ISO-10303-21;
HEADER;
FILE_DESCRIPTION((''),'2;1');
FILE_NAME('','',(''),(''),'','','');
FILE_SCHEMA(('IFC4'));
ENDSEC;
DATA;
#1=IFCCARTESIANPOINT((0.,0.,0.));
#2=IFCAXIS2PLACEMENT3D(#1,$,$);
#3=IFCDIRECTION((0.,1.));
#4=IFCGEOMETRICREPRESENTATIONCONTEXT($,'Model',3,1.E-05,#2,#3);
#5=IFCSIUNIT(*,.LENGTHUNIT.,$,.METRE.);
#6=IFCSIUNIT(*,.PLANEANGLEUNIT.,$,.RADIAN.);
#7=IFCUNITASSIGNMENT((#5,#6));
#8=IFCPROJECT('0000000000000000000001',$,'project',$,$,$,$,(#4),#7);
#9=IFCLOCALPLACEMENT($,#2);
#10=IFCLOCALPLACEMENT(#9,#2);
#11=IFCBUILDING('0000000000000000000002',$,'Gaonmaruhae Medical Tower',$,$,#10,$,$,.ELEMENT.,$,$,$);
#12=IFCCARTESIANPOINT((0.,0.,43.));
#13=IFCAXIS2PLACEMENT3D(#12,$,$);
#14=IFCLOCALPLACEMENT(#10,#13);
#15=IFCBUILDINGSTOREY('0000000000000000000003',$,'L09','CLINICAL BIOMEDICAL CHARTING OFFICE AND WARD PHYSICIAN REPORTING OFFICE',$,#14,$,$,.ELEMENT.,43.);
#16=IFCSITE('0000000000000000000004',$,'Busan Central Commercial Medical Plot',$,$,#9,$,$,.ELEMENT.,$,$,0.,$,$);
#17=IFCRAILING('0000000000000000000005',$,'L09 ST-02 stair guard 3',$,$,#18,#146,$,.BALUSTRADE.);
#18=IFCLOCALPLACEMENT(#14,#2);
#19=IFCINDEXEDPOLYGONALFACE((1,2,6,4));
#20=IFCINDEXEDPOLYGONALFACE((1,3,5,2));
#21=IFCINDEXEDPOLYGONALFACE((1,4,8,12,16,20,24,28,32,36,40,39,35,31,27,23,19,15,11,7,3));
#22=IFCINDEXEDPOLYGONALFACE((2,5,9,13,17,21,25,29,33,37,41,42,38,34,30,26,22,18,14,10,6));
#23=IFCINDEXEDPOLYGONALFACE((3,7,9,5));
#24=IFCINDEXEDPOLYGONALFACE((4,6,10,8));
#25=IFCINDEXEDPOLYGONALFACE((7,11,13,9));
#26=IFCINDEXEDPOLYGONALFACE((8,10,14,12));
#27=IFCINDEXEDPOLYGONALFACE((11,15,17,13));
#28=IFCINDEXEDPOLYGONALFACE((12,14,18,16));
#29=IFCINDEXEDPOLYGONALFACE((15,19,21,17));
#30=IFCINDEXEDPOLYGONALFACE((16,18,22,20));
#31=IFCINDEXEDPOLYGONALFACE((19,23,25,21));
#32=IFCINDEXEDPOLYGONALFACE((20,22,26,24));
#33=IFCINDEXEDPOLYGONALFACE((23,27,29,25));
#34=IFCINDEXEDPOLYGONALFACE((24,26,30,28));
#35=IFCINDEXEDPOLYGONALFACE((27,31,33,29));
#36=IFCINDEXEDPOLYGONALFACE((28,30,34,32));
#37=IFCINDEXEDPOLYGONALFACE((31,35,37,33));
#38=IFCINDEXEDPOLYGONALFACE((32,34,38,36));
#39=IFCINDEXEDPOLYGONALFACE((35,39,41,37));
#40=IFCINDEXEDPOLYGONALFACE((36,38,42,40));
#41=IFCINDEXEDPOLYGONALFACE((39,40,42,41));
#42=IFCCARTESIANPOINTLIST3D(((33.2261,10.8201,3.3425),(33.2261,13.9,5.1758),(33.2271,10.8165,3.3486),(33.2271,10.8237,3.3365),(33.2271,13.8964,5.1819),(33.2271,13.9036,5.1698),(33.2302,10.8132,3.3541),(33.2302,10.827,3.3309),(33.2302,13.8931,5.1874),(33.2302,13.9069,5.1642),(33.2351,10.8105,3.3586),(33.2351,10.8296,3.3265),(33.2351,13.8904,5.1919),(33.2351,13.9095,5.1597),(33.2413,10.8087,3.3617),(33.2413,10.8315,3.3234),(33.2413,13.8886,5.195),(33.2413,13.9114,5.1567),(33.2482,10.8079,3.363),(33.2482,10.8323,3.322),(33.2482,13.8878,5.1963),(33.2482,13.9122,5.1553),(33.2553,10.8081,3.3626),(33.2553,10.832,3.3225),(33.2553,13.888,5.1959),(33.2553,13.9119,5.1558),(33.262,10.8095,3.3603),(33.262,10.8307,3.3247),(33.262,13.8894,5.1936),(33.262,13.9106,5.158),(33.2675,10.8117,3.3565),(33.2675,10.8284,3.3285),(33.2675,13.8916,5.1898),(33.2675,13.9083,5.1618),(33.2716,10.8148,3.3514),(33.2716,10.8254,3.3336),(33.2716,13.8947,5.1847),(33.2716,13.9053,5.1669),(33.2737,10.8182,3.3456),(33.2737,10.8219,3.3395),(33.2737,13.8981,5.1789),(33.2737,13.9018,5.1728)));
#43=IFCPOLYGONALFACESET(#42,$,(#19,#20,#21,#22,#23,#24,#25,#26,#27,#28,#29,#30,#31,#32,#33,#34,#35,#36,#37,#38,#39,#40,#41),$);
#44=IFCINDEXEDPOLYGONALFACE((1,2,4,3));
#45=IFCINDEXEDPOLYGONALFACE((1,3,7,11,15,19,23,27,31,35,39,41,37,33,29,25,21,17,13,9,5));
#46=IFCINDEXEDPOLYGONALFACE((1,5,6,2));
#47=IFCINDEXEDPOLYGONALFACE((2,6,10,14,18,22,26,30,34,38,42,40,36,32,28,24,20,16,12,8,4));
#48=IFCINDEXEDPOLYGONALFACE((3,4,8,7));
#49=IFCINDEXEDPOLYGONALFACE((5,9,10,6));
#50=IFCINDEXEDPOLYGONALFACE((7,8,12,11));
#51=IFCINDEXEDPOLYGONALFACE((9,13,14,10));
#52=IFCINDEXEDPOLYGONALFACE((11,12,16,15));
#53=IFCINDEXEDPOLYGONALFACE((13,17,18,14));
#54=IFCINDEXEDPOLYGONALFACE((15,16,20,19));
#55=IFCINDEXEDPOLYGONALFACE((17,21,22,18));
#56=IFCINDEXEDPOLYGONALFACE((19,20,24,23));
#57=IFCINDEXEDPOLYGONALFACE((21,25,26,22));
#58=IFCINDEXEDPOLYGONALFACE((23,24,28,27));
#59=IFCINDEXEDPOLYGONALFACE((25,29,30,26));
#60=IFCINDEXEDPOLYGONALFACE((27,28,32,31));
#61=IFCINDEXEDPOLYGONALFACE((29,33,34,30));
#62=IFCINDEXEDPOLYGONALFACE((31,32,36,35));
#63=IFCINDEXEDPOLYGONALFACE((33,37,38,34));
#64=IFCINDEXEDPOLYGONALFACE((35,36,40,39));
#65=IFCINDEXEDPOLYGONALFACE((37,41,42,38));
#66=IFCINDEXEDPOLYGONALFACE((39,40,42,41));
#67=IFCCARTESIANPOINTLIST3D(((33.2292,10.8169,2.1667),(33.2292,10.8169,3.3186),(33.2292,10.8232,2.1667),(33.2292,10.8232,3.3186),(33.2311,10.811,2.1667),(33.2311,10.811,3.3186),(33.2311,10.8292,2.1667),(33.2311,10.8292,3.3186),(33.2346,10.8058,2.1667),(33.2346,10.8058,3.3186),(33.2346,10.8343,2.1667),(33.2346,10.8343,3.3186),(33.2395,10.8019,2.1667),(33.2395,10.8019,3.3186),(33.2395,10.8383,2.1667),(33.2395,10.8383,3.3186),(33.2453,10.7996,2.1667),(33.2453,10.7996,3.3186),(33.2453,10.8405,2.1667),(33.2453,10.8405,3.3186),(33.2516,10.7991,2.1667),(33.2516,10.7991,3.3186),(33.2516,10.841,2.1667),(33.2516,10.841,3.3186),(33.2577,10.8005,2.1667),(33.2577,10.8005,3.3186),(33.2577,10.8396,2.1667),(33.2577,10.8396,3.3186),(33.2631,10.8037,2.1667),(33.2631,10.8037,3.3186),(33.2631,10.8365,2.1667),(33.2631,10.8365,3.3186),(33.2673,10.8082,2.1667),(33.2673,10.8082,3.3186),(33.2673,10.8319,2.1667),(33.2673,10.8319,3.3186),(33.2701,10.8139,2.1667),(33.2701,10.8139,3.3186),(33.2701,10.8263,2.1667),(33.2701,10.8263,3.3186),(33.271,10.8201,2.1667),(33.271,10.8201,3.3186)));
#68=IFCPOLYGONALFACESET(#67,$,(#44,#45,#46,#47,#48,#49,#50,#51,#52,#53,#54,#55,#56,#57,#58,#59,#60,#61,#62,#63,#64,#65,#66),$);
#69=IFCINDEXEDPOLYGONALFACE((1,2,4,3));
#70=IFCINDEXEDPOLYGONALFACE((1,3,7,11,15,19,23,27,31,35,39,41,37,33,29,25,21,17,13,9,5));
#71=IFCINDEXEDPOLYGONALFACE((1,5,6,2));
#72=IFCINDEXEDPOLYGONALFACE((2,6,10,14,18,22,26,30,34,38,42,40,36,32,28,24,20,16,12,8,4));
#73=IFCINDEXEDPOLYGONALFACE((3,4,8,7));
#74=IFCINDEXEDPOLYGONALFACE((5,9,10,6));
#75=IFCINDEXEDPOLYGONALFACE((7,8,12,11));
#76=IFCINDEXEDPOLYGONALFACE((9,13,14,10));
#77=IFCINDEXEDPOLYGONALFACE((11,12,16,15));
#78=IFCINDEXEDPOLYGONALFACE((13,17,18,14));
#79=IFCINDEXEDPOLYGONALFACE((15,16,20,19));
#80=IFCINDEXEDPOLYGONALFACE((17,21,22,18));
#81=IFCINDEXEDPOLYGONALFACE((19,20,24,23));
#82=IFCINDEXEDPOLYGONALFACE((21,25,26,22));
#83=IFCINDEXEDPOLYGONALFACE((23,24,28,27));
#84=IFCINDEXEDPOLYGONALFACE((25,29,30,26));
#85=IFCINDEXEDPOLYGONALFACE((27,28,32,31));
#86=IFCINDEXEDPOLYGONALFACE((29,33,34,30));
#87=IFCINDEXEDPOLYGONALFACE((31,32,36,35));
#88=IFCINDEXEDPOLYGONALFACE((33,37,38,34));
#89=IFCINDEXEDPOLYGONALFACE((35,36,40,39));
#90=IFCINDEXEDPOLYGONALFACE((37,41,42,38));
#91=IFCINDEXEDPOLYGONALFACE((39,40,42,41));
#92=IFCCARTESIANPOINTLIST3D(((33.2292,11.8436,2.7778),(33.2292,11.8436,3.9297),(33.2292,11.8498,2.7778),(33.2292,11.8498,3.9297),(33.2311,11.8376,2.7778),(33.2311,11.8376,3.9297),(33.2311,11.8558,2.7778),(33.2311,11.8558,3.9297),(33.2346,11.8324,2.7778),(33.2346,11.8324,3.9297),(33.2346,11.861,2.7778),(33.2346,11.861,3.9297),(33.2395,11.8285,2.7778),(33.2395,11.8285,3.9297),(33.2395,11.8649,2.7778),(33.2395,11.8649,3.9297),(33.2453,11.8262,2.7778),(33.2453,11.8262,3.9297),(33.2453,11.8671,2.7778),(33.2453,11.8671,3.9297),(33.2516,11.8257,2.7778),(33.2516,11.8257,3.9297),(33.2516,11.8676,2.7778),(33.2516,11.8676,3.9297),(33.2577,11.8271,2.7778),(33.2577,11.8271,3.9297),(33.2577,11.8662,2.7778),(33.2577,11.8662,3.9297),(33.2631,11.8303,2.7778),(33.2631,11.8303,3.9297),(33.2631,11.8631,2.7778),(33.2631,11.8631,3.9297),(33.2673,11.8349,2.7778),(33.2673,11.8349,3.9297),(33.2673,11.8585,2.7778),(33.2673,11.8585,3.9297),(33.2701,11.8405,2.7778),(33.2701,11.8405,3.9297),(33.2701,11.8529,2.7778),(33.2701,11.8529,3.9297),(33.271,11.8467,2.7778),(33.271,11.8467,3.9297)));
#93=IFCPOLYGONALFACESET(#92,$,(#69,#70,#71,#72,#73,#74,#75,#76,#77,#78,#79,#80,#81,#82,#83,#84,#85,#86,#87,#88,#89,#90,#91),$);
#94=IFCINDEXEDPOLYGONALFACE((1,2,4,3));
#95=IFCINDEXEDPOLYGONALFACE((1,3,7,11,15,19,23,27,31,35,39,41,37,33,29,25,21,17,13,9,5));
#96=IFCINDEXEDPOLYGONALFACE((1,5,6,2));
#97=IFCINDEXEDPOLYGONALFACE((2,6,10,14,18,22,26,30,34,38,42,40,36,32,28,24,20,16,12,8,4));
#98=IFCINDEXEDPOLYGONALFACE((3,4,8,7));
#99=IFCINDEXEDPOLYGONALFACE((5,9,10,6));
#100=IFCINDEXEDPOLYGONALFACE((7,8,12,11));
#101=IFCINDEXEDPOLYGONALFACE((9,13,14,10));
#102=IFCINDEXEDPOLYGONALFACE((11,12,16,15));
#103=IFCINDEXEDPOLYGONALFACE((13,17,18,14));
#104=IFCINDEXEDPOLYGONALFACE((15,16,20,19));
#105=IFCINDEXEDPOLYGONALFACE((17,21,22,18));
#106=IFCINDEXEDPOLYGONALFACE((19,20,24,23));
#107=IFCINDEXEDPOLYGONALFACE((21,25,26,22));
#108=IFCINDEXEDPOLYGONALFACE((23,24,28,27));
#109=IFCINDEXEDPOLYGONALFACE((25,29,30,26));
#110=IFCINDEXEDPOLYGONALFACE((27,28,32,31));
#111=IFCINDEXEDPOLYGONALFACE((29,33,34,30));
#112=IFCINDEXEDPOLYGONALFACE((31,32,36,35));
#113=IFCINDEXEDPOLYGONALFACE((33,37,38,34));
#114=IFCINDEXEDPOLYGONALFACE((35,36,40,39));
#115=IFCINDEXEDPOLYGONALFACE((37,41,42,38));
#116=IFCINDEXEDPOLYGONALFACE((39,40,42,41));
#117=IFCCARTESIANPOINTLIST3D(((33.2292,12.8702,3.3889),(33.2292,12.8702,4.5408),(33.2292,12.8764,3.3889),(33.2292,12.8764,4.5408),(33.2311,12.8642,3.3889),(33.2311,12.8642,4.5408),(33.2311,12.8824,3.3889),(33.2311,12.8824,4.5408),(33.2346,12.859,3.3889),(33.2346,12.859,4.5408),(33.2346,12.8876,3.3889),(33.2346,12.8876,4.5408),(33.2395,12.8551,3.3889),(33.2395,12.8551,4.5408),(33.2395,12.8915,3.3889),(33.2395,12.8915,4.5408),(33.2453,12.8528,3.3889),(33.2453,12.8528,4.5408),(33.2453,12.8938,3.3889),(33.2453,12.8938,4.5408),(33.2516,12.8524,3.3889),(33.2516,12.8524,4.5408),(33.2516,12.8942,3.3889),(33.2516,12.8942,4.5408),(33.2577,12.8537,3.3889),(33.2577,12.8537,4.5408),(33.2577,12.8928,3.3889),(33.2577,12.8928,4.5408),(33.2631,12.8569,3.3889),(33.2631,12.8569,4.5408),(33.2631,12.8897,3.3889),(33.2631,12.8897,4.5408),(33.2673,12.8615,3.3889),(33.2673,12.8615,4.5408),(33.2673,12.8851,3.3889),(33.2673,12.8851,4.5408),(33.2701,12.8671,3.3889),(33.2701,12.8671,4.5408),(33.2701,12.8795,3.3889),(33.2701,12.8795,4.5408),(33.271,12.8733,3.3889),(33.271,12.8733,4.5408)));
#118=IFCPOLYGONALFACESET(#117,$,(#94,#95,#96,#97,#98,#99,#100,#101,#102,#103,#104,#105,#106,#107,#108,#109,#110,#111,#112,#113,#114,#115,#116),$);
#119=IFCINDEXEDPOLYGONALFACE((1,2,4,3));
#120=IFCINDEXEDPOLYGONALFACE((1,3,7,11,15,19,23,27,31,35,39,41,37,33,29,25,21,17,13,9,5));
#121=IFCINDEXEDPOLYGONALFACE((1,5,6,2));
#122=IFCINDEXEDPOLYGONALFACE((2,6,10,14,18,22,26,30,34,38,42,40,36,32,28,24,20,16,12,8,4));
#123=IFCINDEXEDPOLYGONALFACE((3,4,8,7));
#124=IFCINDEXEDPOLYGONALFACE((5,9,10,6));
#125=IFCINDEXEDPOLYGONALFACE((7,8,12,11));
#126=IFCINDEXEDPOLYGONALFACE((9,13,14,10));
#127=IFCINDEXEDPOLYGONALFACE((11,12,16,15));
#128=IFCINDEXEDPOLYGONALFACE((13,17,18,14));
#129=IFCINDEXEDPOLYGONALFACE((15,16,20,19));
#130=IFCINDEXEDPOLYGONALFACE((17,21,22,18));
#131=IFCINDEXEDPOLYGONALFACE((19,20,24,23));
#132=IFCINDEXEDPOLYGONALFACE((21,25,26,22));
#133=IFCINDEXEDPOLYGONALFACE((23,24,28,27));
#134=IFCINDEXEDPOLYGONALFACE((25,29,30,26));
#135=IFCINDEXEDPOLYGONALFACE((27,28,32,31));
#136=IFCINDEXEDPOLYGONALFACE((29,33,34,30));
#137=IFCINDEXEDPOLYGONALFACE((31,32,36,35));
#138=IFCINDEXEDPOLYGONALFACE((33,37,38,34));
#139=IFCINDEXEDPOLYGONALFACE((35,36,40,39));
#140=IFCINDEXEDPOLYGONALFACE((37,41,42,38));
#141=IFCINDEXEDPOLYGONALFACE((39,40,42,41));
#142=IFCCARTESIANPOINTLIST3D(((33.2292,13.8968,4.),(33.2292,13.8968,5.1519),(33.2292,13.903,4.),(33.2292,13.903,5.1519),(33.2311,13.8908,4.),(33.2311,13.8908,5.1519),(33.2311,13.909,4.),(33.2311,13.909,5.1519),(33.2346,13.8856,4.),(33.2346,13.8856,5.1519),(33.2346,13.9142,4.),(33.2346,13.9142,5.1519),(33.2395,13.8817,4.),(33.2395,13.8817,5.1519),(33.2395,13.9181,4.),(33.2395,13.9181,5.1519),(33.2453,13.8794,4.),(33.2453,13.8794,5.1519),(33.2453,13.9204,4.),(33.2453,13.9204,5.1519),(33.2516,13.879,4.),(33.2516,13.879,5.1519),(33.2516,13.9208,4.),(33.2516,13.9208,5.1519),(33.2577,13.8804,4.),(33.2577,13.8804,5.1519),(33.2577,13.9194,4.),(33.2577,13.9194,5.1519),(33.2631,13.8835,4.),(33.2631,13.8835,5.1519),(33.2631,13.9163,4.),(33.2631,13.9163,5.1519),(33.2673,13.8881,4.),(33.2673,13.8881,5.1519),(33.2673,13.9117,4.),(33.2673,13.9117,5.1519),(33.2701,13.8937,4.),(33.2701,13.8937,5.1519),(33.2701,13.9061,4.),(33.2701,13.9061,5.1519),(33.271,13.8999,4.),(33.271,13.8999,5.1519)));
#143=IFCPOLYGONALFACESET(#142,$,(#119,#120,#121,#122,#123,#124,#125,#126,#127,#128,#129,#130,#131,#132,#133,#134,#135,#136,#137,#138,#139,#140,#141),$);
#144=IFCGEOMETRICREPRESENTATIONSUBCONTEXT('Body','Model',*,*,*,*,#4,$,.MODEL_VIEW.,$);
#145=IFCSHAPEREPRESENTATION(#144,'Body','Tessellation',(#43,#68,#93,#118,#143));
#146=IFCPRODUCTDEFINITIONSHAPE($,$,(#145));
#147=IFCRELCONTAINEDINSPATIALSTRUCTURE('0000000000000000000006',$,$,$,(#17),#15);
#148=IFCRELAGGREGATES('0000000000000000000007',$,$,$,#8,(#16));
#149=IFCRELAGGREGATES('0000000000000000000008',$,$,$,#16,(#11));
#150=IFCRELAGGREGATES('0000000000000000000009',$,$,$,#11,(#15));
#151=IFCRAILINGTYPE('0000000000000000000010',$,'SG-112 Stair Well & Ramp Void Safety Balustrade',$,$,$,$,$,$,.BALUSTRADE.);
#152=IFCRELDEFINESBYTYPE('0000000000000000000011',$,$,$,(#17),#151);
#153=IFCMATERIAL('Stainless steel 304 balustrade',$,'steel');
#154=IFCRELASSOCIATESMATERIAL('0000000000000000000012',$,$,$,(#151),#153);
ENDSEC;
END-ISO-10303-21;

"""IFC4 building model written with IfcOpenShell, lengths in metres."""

from ifc_helpers import new_model, si_unit, direction, frame, origin, origin_2d, place, context, subcontext, project, spatial, circle, extrude, material, type_object, element, save


model = new_model("IFC4")

# Units and contexts
model_context = context("Model", 3, precision=1e-05, world=origin(), true_north=direction((0.0, 1.0)))
body_context = subcontext(model_context, "Body", "Model", "MODEL_VIEW")
ifc_project = project(units=[si_unit("LENGTHUNIT", "METRE"), si_unit("PLANEANGLEUNIT", "RADIAN")], contexts=[model_context])

# Site, building, storey
site_placement = place(None, origin())
site = spatial("IfcSite", under=ifc_project, at=site_placement, Name="Busan Central Commercial Medical Plot", CompositionType="ELEMENT", RefElevation=0.0)
building_placement = place(site_placement, origin())
building = spatial("IfcBuilding", under=site, at=building_placement, Name="Gaonmaruhae Medical Tower", CompositionType="ELEMENT")
storey_placement = place(building_placement, frame((0.0, 0.0, 43.0)))
storey = spatial("IfcBuildingStorey", under=building, at=storey_placement, Name="L09", Description="CLINICAL BIOMEDICAL CHARTING OFFICE AND WARD PHYSICIAN REPORTING OFFICE", CompositionType="ELEMENT", Elevation=43.0)

# Railing
ifc_material_1 = material(Name="Stainless steel 304 balustrade", Category="steel")
railing_type_1 = type_object("IfcRailingType", Name="SG-112 Stair Well & Ramp Void Safety Balustrade", PredefinedType="BALUSTRADE", material=ifc_material_1)
railing_1_placement = place(storey_placement, frame((33.25, 10.8201, 2.1667)))
element("IfcRailing", 1, at=railing_1_placement, inside=storey, type_object=railing_type_1, Name="L09 ST-02 stair guard 3", PredefinedType="BALUSTRADE", context=body_context, shape_type="SweptSolid", body=[
    extrude(circle(Radius=0.0239, at=origin_2d()), frame((0.0, 0.0, 1.1758), z_axis=(0.0, 0.859291, 0.511487), x_axis=(-1.0, 0.0, 0.0)), (0.0, 0.0, 1.0), 3.5842),
    extrude(circle(Radius=0.021, at=origin_2d()), origin(), (0.0, 0.0, 1.0), 1.1519),
    extrude(circle(Radius=0.021, at=origin_2d()), frame((0.0, 1.0266, 0.6111)), (0.0, 0.0, 1.0), 1.1519),
    extrude(circle(Radius=0.021, at=origin_2d()), frame((0.0, 2.0532, 1.2222)), (0.0, 0.0, 1.0), 1.1519),
    extrude(circle(Radius=0.021, at=origin_2d()), frame((0.0, 3.0798, 1.8333)), (0.0, 0.0, 1.0), 1.1519),
])

save(model, "model.ifc")
